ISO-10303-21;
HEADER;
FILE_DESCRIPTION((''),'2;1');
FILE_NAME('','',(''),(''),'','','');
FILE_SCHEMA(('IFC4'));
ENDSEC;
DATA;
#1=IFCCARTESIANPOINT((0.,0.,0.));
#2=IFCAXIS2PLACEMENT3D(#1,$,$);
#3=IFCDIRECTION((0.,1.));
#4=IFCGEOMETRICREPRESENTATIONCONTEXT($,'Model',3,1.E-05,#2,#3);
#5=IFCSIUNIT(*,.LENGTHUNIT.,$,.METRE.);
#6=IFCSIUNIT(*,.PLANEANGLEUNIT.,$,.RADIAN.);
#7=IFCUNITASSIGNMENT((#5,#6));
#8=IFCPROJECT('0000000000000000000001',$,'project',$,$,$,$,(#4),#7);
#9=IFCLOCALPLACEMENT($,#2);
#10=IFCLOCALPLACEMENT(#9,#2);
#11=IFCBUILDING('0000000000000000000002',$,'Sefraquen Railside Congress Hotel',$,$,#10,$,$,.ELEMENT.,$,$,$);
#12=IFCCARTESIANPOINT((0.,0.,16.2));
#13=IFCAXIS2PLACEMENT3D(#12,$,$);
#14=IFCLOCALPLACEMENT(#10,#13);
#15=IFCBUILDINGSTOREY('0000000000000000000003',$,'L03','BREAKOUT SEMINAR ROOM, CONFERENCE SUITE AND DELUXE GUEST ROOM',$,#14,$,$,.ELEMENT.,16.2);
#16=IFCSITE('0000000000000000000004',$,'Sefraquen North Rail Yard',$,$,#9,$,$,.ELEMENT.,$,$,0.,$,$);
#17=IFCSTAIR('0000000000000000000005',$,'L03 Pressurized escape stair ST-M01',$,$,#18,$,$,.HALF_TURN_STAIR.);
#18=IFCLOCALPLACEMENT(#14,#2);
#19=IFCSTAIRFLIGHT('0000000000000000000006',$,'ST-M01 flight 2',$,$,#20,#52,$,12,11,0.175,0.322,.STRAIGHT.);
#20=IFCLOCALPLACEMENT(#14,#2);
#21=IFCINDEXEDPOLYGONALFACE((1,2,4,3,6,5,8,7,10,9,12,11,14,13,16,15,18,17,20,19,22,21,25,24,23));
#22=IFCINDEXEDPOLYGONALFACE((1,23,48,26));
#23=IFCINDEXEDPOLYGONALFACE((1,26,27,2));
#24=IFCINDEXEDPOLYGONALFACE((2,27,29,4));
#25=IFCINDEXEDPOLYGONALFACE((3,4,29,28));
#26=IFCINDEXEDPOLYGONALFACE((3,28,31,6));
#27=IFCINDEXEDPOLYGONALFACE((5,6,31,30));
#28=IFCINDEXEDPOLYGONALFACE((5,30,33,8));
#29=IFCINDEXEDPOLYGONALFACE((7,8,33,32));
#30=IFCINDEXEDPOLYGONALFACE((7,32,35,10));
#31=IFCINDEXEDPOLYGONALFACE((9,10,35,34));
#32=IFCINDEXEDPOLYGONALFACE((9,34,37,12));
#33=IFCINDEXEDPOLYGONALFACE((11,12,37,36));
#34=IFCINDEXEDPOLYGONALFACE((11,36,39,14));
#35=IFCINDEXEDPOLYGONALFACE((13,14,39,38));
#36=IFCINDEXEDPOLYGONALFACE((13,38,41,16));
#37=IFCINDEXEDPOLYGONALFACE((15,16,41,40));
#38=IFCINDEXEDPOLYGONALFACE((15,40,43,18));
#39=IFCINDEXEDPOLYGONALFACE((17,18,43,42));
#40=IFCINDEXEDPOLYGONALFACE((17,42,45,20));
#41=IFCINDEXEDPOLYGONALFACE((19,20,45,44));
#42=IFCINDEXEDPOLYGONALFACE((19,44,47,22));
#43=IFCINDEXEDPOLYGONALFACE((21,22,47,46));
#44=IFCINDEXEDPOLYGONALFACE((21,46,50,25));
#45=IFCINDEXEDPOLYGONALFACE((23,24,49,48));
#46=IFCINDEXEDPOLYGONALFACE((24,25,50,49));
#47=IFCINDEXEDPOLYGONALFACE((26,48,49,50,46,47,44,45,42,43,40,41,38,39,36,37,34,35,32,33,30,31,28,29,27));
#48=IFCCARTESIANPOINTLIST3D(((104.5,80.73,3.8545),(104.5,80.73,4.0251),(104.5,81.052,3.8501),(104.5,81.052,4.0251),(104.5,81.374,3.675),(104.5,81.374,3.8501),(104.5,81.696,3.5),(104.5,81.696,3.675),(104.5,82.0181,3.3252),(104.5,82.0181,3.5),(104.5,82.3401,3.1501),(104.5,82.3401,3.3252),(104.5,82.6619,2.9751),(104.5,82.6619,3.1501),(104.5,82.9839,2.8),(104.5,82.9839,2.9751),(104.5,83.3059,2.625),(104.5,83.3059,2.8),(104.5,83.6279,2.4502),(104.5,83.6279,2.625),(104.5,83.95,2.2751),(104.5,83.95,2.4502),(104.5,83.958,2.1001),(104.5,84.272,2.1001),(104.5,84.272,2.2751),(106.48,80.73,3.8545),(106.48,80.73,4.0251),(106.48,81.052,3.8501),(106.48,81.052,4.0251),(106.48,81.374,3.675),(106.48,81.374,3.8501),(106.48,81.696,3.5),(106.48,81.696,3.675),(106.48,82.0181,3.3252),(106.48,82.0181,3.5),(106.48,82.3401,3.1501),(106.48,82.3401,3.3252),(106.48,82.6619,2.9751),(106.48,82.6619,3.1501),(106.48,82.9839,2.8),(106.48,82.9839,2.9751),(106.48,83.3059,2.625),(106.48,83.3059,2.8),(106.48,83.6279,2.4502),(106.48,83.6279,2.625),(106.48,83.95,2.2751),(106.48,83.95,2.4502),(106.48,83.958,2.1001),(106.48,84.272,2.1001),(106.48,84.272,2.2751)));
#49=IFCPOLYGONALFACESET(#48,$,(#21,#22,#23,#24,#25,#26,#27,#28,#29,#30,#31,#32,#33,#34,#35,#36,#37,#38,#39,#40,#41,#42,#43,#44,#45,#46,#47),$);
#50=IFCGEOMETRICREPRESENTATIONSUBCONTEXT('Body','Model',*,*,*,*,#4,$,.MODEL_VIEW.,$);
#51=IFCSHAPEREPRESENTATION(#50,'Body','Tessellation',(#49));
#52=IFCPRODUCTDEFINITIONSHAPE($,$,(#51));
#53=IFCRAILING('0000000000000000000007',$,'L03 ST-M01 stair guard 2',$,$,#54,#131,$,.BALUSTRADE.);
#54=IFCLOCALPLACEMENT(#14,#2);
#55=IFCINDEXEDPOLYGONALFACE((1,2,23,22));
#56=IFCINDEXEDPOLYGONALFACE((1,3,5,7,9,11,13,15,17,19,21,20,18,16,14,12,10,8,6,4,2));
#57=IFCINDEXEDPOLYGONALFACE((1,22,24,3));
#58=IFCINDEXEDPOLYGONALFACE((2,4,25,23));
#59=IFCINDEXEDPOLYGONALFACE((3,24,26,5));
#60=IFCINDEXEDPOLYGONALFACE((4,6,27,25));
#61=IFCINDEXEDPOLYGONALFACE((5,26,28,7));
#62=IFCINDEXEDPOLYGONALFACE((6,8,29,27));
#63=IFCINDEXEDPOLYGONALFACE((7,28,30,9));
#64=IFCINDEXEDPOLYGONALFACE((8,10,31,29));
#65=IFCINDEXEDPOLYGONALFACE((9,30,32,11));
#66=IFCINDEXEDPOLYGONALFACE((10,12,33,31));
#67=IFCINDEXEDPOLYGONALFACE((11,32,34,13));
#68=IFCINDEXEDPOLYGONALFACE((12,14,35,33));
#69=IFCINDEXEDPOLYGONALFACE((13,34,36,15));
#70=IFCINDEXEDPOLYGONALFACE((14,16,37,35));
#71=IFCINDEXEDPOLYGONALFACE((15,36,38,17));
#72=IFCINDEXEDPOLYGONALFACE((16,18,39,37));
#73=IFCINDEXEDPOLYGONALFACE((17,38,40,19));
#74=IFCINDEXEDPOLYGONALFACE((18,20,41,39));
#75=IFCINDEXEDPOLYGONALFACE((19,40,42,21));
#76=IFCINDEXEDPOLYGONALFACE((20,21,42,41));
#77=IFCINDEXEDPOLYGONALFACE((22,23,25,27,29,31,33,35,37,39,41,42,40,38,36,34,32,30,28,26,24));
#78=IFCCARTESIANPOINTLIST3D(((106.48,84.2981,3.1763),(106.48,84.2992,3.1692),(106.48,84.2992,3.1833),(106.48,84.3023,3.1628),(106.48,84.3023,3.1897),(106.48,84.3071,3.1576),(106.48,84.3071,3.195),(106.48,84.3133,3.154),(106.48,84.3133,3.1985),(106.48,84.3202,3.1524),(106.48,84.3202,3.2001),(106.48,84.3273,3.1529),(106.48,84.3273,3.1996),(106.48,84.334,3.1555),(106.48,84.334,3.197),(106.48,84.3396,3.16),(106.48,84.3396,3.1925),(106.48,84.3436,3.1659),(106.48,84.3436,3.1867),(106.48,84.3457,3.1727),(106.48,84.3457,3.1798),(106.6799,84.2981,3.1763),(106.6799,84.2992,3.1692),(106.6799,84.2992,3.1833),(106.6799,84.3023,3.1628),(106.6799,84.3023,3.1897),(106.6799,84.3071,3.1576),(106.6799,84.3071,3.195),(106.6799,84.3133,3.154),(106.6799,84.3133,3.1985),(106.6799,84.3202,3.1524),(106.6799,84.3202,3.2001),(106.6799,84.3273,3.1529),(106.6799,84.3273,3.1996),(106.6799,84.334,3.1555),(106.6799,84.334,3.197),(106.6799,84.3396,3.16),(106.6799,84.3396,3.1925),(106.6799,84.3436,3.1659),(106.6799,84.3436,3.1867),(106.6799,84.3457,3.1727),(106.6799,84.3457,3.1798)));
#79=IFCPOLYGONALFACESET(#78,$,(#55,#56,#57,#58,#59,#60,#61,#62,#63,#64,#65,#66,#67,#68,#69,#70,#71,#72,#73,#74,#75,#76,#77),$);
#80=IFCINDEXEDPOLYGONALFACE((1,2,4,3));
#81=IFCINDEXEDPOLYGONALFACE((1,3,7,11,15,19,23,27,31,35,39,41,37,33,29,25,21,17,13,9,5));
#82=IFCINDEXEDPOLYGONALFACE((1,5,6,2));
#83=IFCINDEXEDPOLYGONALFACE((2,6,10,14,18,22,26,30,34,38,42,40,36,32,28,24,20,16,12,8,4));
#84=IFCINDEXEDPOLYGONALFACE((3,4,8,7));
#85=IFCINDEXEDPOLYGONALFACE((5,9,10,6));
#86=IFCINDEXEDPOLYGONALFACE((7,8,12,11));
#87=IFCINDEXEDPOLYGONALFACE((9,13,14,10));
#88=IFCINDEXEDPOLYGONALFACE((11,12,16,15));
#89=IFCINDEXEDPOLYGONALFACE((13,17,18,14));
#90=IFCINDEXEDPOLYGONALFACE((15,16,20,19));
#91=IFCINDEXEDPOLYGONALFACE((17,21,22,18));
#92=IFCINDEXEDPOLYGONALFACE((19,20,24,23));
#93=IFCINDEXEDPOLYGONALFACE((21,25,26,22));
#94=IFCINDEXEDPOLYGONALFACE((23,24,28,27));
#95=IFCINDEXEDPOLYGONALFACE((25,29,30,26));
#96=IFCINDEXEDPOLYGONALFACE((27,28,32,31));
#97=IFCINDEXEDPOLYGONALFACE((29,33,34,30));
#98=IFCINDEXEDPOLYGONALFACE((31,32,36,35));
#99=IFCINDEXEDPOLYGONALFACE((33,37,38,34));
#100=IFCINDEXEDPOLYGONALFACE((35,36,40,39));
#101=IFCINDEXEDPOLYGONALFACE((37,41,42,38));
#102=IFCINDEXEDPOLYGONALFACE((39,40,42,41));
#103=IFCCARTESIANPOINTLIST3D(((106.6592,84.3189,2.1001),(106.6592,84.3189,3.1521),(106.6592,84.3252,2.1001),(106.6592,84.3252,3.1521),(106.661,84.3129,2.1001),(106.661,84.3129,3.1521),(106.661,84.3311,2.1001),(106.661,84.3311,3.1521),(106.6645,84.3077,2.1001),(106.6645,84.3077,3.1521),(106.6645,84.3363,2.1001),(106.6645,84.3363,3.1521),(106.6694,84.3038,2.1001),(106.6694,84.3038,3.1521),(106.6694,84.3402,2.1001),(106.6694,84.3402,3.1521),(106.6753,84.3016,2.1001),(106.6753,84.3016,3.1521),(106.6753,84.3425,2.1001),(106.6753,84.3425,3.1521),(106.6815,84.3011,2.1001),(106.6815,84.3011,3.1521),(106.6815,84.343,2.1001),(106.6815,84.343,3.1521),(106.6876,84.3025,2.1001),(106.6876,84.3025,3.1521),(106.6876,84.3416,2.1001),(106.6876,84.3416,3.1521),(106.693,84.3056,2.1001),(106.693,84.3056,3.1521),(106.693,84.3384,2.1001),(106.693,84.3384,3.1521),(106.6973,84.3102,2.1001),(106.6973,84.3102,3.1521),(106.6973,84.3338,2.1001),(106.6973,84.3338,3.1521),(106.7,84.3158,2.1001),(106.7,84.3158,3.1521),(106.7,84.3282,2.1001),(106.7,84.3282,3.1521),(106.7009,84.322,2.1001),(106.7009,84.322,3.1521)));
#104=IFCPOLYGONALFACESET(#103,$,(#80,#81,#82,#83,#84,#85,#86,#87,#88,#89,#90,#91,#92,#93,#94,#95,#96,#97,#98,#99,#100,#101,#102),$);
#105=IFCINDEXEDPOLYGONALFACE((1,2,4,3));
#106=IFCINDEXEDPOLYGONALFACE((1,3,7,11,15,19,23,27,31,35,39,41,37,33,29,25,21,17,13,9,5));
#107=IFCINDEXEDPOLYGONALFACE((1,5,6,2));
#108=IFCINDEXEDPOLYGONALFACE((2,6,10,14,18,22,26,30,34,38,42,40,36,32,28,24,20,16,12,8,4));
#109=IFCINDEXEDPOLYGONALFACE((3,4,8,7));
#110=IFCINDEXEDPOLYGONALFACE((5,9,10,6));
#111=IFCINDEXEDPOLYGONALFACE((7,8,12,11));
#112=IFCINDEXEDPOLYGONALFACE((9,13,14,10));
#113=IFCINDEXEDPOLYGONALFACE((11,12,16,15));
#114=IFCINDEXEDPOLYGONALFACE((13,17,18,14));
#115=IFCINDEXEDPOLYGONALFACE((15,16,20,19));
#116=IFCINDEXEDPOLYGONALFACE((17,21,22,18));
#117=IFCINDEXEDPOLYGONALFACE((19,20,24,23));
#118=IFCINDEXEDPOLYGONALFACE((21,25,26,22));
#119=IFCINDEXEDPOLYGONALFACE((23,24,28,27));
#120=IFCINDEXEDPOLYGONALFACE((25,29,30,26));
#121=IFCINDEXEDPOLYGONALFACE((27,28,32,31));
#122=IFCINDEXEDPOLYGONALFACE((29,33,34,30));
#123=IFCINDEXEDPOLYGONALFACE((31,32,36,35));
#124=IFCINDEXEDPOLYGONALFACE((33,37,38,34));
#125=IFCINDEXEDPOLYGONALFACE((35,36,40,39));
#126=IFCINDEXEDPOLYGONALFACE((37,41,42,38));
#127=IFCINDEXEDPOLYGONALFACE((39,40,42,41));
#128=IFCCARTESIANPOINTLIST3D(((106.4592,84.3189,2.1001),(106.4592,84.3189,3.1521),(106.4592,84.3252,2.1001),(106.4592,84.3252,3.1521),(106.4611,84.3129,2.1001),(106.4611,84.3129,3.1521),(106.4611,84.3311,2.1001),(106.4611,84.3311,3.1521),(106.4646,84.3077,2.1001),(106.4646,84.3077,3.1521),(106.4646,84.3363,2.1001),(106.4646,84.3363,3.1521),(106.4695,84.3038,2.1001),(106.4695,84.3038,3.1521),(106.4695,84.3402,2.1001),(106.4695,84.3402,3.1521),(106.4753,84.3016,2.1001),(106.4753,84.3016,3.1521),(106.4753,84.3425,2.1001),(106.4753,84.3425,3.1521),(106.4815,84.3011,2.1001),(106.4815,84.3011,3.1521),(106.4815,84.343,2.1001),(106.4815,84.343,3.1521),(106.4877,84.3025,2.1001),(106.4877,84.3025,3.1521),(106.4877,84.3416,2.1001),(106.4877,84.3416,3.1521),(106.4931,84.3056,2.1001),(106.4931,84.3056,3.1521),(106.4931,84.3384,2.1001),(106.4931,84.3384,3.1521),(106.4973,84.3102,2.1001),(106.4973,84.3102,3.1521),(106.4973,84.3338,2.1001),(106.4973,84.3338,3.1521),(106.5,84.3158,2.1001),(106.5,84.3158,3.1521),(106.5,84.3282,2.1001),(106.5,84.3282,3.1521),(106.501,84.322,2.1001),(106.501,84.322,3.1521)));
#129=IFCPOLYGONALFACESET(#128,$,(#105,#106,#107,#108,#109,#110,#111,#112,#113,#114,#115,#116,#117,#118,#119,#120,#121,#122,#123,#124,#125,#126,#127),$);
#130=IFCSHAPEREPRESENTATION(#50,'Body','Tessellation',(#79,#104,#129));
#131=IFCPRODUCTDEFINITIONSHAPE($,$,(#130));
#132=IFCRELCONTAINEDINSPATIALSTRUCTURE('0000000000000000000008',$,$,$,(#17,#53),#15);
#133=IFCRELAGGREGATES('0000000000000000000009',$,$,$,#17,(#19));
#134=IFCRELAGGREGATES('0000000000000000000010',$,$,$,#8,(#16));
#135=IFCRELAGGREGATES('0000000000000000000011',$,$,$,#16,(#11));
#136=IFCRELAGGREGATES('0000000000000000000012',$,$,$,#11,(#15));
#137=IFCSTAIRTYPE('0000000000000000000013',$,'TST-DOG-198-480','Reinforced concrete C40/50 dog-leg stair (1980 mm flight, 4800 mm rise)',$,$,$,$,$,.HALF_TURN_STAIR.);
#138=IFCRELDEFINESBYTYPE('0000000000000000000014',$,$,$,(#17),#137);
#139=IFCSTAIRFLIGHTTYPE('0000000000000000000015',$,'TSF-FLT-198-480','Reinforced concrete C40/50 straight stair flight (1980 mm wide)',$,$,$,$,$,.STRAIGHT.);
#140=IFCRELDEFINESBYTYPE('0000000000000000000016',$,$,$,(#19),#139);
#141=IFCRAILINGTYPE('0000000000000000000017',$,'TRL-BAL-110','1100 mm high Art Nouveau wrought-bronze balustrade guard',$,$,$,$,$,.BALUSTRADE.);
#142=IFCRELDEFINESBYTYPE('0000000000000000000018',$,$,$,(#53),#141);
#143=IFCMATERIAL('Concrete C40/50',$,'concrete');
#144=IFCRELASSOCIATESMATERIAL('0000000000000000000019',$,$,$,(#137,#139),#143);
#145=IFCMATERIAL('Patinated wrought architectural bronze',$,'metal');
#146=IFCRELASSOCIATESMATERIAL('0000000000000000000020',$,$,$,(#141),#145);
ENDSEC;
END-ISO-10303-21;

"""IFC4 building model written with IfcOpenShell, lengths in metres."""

from ifc_helpers import new_model, si_unit, direction, frame, origin, origin_2d, place, context, subcontext, project, spatial, polyline, circle, outline, extrude, material, type_object, element, aggregate, save


model = new_model("IFC4")

# Units and contexts
model_context = context("Model", 3, precision=1e-05, world=origin(), true_north=direction((0.0, 1.0)))
body_context = subcontext(model_context, "Body", "Model", "MODEL_VIEW")
ifc_project = project(units=[si_unit("LENGTHUNIT", "METRE"), si_unit("PLANEANGLEUNIT", "RADIAN")], contexts=[model_context])

# Site, building, storey
site_placement = place(None, origin())
site = spatial("IfcSite", under=ifc_project, at=site_placement, Name="Sefraquen North Rail Yard", CompositionType="ELEMENT", RefElevation=0.0)
building_placement = place(site_placement, origin())
building = spatial("IfcBuilding", under=site, at=building_placement, Name="Sefraquen Railside Congress Hotel", CompositionType="ELEMENT")
storey_placement = place(building_placement, frame((0.0, 0.0, 16.2)))
storey = spatial("IfcBuildingStorey", under=building, at=storey_placement, Name="L03", Description="BREAKOUT SEMINAR ROOM, CONFERENCE SUITE AND DELUXE GUEST ROOM", CompositionType="ELEMENT", Elevation=16.2)

# Stair, stair flight
ifc_material_1 = material(Name="Concrete C40/50", Category="concrete")
stair_type = type_object("IfcStairType", Name="TST-DOG-198-480", Description="Reinforced concrete C40/50 dog-leg stair (1980 mm flight, 4800 mm rise)", PredefinedType="HALF_TURN_STAIR", material=ifc_material_1)
stair_placement = place(storey_placement, origin())
stair = element("IfcStair", 1, at=stair_placement, inside=storey, type_object=stair_type, Name="L03 Pressurized escape stair ST-M01", PredefinedType="HALF_TURN_STAIR")
stair_flight_type = type_object("IfcStairFlightType", Name="TSF-FLT-198-480", Description="Reinforced concrete C40/50 straight stair flight (1980 mm wide)", PredefinedType="STRAIGHT", material=ifc_material_1)
stair_flight_placement = place(storey_placement, frame((105.49, 84.272, 2.1001), z_axis=(0.0, 0.0, 1.0), x_axis=(0.0, -1.0, 0.0)))
stair_flight = element("IfcStairFlight", 2, at=stair_flight_placement, type_object=stair_flight_type, Name="ST-M01 flight 2", NumberOfRisers=12, NumberOfTreads=11, PredefinedType="STRAIGHT", RiserHeight=0.175, TreadLength=0.322, context=body_context, shape_type="SweptSolid", body=[
    extrude(outline(polyline([(0.0, 0.0), (0.0, 0.175), (0.322, 0.175), (0.322, 0.3501), (0.644, 0.3501), (0.644, 0.5249), (0.9661, 0.5249), (0.9661, 0.7), (1.2881, 0.7), (1.2881, 0.875), (1.6101, 0.875), (1.6101, 1.05), (1.9319, 1.05), (1.9319, 1.2251), (2.2539, 1.2251), (2.2539, 1.3999), (2.5759, 1.3999), (2.5759, 1.575), (2.8979, 1.575), (2.8979, 1.75), (3.22, 1.75), (3.22, 1.925), (3.542, 1.925), (3.542, 2.1001), (3.542, 1.7544), (0.314, 0.0), (0.0, 0.0)])), frame((0.0, 0.99, 0.0), z_axis=(0.0, -1.0, 0.0), x_axis=(1.0, 0.0, 0.0)), (0.0, 0.0, 1.0), 1.98),
])
aggregate(stair, [stair_flight])

# Railing
ifc_material_2 = material(Name="Patinated wrought architectural bronze", Category="metal")
railing_type_1 = type_object("IfcRailingType", Name="TRL-BAL-110", Description="1100 mm high Art Nouveau wrought-bronze balustrade guard", PredefinedType="BALUSTRADE", material=ifc_material_2)
railing_1_placement = place(storey_placement, frame((106.6799, 84.322, 2.1001)))
element("IfcRailing", 3, at=railing_1_placement, inside=storey, type_object=railing_type_1, Name="L03 ST-M01 stair guard 2", PredefinedType="BALUSTRADE", context=body_context, shape_type="SweptSolid", body=[
    extrude(circle(Radius=0.0239, at=origin_2d()), frame((0.0, 0.0, 1.0762), z_axis=(-1.0, 0.0, 0.0), x_axis=(0.0, -1.0, 0.0)), (0.0, 0.0, 1.0), 0.2),
    extrude(circle(Radius=0.021, at=origin_2d()), origin(), (0.0, 0.0, 1.0), 1.052),
    extrude(circle(Radius=0.021, at=origin_2d()), frame((-0.2, 0.0, 0.0)), (0.0, 0.0, 1.0), 1.052),
])

save(model, "model.ifc")
